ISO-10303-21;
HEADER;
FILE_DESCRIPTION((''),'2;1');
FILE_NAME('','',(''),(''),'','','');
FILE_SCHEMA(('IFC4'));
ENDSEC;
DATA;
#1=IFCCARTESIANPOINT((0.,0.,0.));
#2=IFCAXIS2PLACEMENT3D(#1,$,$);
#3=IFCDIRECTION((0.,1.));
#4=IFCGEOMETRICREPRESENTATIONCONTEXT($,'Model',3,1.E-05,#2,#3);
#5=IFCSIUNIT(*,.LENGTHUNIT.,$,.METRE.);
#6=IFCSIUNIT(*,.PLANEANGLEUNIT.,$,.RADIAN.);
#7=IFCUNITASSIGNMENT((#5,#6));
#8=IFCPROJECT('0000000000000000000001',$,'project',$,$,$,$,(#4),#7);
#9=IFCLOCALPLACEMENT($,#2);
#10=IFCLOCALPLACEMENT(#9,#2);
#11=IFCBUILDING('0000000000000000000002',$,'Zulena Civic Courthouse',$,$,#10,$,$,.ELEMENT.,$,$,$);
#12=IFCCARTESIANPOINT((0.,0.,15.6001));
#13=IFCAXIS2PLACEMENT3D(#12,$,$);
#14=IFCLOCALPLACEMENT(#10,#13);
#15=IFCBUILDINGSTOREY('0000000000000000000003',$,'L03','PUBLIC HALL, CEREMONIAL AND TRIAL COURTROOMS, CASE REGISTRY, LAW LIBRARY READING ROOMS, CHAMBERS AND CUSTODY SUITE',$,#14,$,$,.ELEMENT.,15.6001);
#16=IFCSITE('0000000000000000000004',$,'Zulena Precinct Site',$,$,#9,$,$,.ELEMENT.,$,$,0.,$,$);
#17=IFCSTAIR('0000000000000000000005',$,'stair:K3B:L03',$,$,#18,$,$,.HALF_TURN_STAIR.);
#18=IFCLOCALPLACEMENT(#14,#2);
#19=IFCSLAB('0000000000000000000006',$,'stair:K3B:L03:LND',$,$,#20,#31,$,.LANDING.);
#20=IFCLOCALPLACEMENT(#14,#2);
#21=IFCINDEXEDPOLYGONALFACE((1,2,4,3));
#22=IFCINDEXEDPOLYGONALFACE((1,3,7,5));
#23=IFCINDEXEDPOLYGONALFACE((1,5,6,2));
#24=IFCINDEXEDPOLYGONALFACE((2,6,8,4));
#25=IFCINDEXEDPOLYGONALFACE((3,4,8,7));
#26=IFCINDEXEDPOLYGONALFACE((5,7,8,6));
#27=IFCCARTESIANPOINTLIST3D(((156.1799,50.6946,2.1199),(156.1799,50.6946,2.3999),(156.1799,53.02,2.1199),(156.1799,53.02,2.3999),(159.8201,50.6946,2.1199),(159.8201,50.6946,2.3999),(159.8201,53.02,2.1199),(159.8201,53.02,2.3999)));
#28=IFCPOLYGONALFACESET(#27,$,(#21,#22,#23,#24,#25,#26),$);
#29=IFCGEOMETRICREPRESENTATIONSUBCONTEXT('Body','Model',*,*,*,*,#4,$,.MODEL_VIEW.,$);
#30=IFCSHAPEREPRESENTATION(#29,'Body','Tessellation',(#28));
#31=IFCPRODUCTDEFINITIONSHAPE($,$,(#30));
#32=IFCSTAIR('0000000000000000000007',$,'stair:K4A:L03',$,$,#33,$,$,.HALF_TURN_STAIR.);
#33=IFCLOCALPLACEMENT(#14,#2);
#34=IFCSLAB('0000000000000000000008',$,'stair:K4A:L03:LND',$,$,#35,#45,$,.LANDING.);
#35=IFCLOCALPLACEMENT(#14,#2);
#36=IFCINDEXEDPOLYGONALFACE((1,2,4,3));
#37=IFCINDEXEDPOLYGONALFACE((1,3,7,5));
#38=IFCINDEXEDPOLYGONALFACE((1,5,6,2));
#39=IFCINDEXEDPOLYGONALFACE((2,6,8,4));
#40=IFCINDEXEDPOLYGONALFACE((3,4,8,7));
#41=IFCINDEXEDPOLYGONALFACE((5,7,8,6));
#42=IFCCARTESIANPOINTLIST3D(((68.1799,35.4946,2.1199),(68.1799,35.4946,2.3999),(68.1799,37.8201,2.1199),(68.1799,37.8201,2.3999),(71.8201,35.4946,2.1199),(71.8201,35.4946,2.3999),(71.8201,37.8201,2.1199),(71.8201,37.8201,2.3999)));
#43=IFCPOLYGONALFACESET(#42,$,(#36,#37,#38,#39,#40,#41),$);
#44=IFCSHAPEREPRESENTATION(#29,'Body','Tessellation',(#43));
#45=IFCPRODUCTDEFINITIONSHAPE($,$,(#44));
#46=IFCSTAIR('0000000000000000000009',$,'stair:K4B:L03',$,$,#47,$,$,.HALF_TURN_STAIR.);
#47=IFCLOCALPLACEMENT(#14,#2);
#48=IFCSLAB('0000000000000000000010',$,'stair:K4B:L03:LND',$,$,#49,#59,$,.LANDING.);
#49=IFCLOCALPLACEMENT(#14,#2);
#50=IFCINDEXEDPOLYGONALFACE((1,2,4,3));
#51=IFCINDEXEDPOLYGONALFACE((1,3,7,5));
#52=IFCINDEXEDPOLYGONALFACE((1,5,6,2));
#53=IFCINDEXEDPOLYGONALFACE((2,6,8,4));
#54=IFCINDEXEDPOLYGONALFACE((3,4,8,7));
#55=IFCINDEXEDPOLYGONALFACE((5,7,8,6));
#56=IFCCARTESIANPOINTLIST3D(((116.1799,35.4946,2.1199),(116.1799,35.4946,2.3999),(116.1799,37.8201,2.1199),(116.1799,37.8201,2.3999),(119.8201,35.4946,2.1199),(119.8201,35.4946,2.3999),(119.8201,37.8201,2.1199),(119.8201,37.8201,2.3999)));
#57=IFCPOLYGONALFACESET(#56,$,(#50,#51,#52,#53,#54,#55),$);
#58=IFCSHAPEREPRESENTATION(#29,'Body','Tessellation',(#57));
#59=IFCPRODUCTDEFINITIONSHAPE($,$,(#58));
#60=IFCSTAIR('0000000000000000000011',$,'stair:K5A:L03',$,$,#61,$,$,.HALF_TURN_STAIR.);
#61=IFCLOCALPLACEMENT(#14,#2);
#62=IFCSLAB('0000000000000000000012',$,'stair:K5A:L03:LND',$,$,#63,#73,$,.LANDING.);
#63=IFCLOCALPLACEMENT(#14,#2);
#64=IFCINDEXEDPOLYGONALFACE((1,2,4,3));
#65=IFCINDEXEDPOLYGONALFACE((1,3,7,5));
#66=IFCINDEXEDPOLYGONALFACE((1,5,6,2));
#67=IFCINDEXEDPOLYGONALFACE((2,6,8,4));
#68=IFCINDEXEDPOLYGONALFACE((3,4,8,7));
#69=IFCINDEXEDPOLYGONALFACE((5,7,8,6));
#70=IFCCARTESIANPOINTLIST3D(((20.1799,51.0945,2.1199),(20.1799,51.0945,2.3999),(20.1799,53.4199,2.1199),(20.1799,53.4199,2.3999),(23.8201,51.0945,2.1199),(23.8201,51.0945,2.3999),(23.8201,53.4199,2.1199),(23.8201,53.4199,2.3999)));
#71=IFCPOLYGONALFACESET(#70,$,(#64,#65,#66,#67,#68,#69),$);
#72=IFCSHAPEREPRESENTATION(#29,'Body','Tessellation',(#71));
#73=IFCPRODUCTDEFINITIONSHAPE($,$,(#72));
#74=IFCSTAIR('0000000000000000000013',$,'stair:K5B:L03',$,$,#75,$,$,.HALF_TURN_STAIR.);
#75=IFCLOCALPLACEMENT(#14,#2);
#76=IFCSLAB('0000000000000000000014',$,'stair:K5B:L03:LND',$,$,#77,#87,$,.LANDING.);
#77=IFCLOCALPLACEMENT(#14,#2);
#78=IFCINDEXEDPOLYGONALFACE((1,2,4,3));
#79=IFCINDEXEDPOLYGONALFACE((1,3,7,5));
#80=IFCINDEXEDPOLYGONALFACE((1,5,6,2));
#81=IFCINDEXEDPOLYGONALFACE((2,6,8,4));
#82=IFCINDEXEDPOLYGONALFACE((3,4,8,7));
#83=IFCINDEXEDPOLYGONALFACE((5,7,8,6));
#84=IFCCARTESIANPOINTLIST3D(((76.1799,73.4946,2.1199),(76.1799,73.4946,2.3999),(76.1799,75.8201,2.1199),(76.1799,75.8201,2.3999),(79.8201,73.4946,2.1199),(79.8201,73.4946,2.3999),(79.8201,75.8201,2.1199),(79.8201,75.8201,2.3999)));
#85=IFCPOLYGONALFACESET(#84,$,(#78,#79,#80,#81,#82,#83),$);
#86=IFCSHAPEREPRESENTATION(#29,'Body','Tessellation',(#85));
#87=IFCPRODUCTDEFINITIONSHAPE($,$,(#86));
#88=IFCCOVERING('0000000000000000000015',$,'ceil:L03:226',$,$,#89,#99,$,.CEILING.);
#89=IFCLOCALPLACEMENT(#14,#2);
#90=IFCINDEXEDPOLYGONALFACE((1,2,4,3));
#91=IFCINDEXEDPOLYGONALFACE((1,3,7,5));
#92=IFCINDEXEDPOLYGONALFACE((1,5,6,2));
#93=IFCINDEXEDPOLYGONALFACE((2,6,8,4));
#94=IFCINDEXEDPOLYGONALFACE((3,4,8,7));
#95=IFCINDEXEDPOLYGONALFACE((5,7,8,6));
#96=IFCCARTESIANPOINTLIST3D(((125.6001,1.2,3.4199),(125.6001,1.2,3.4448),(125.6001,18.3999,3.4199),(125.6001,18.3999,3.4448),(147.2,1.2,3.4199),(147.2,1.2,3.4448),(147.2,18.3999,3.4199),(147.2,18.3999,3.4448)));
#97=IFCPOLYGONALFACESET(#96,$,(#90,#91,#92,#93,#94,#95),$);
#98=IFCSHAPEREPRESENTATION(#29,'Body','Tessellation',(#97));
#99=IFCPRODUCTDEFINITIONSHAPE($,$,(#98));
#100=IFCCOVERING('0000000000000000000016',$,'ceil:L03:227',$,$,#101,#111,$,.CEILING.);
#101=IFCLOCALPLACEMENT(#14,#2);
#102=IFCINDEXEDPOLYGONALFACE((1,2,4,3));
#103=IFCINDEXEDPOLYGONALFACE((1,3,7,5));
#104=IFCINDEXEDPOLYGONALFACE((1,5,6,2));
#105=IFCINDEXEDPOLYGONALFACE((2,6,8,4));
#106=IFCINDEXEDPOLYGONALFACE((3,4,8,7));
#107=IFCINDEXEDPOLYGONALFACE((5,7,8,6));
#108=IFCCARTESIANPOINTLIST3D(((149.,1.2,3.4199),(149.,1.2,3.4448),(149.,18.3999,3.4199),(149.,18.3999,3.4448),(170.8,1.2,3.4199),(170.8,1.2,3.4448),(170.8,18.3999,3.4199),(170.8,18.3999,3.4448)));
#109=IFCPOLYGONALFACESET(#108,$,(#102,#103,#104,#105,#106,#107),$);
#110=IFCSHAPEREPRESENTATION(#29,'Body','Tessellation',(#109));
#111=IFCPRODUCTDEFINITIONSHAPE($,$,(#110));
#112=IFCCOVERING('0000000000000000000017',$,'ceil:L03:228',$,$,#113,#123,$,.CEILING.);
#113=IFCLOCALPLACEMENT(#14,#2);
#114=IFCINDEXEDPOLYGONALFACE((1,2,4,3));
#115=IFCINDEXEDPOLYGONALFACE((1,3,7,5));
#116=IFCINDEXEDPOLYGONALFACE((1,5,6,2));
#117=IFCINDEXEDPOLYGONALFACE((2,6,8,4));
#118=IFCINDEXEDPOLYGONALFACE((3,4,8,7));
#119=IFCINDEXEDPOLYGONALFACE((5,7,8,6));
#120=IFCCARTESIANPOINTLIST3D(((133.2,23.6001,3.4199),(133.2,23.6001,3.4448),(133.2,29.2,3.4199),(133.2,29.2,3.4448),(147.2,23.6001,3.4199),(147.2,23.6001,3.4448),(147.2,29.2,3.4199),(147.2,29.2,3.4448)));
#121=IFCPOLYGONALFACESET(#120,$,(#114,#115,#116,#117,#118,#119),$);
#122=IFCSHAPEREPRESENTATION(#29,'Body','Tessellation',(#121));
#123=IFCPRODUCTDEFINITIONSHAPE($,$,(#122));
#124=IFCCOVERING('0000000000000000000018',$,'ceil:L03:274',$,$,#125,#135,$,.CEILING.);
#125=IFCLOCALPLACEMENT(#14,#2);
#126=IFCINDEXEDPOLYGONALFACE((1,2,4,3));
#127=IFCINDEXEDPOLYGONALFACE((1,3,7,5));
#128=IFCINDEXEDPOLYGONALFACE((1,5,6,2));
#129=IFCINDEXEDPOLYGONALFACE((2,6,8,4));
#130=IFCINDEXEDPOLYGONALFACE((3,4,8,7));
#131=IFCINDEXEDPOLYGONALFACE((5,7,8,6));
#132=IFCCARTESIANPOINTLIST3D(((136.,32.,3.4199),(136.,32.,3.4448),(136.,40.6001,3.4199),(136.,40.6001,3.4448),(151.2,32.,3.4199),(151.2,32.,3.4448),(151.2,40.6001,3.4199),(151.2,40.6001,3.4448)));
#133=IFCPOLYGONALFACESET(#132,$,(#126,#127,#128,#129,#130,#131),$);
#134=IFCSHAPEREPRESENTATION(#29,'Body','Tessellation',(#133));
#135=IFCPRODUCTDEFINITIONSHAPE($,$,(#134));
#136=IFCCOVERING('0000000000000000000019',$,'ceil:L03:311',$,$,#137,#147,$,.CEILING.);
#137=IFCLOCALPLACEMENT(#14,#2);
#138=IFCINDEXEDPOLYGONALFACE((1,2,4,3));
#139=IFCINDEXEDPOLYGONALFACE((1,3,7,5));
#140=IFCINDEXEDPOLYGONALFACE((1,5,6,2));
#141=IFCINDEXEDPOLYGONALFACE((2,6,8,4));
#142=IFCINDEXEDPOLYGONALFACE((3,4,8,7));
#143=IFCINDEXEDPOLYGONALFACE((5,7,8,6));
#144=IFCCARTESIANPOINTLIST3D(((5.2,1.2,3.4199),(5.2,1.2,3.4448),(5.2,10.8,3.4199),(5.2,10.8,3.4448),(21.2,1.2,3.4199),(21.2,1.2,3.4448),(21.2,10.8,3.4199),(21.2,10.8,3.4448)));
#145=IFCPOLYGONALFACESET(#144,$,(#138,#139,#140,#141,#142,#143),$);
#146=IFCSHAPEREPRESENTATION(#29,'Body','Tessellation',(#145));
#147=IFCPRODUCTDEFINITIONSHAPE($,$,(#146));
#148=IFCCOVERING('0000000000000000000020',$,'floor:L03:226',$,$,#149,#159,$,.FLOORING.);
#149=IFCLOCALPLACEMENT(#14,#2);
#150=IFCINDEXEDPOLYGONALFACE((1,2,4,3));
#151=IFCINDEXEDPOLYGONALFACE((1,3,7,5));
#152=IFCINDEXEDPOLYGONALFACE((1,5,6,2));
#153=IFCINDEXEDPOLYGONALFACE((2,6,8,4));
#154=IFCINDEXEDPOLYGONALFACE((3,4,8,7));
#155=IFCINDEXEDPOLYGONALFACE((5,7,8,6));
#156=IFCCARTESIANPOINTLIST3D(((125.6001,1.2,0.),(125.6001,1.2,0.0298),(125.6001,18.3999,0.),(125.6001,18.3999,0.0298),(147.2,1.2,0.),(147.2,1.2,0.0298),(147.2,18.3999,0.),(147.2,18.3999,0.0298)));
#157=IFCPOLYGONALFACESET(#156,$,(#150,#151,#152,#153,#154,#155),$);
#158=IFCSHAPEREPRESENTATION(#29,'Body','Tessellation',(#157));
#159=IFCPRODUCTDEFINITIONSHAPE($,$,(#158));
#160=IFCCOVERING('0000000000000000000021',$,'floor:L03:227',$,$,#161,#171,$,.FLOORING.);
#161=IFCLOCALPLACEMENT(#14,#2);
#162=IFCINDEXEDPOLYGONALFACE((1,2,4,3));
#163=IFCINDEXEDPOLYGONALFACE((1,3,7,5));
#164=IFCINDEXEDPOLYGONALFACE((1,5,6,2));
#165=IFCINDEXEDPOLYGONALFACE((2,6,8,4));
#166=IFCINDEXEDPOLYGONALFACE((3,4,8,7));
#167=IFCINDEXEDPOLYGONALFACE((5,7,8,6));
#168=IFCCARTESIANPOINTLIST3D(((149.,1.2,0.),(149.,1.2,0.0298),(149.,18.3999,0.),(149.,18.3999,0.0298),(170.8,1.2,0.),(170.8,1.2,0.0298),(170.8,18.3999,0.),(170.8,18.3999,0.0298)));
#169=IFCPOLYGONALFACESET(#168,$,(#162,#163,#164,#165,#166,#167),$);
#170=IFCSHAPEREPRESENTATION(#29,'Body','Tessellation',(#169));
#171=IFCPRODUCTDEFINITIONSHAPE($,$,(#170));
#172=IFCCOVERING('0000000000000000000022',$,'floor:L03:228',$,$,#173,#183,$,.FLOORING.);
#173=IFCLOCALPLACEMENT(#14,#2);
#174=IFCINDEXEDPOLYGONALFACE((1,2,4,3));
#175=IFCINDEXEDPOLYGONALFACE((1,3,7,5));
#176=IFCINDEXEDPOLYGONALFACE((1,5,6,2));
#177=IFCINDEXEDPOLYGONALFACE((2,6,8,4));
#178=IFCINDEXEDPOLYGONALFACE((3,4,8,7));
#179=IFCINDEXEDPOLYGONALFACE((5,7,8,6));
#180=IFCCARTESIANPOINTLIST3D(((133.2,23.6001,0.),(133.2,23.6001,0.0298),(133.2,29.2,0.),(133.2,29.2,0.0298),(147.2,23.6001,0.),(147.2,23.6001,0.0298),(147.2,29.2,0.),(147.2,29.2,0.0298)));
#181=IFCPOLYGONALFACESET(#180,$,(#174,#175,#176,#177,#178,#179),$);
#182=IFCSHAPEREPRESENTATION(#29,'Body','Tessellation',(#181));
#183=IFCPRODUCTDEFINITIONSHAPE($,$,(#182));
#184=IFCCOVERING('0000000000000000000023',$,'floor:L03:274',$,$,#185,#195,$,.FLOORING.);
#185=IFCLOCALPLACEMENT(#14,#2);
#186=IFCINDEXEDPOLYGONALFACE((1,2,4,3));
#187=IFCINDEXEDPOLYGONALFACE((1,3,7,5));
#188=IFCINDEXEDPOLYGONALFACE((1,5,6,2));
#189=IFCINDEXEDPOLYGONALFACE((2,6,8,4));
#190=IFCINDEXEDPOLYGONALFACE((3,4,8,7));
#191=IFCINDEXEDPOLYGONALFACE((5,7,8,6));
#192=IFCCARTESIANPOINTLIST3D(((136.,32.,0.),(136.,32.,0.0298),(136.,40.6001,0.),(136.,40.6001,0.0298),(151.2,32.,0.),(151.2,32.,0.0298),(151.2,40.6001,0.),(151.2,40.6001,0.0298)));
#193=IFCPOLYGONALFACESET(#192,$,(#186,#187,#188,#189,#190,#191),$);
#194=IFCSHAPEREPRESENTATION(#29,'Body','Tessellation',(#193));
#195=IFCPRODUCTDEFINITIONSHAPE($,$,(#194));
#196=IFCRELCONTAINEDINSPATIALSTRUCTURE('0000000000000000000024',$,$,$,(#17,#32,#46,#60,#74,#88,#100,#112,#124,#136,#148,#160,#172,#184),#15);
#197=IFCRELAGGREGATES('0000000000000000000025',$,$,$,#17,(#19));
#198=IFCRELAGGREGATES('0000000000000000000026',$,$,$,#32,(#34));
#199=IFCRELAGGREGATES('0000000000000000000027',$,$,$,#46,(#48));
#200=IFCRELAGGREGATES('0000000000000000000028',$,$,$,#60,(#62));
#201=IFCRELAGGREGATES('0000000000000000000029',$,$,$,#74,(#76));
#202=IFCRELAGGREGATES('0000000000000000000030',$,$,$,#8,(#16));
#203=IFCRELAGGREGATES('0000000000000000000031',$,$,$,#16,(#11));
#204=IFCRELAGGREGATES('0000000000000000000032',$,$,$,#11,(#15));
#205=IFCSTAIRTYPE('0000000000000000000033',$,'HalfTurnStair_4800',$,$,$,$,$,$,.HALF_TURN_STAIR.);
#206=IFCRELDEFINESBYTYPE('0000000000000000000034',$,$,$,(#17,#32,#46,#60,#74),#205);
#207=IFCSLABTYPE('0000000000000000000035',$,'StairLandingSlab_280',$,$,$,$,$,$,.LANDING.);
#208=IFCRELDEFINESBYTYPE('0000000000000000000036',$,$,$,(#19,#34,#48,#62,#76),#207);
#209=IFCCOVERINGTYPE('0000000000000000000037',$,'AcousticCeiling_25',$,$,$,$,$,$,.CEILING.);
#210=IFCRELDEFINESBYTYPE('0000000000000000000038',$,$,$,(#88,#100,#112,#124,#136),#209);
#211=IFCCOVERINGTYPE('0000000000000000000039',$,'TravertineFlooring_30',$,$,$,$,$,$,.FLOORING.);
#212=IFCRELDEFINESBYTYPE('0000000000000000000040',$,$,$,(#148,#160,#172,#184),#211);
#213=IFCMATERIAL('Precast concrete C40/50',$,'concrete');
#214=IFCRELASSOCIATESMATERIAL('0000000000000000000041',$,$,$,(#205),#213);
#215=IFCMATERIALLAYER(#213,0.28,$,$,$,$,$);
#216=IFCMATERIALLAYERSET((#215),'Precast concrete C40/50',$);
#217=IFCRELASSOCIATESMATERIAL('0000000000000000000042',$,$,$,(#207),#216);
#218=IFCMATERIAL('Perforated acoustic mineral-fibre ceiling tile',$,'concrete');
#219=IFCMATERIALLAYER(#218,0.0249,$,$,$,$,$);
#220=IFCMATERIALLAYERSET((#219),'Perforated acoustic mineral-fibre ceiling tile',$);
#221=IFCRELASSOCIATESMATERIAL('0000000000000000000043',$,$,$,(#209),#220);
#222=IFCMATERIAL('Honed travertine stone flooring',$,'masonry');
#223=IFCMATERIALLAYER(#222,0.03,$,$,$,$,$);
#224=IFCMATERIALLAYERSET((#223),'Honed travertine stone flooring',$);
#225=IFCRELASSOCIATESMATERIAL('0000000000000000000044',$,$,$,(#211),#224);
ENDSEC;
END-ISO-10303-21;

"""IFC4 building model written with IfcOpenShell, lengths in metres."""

from ifc_helpers import new_model, si_unit, direction, frame, origin, place, context, subcontext, project, spatial, polyline, outline, extrude, material, layer, layer_set, type_object, element, aggregate, save


model = new_model("IFC4")

# Units and contexts
model_context = context("Model", 3, precision=1e-05, world=origin(), true_north=direction((0.0, 1.0)))
body_context = subcontext(model_context, "Body", "Model", "MODEL_VIEW")
ifc_project = project(units=[si_unit("LENGTHUNIT", "METRE"), si_unit("PLANEANGLEUNIT", "RADIAN")], contexts=[model_context])

# Site, building, storey
site_placement = place(None, origin())
site = spatial("IfcSite", under=ifc_project, at=site_placement, Name="Zulena Precinct Site", CompositionType="ELEMENT", RefElevation=0.0)
building_placement = place(site_placement, origin())
building = spatial("IfcBuilding", under=site, at=building_placement, Name="Zulena Civic Courthouse", CompositionType="ELEMENT")
storey_placement = place(building_placement, frame((0.0, 0.0, 15.6001)))
storey = spatial("IfcBuildingStorey", under=building, at=storey_placement, Name="L03", Description="PUBLIC HALL, CEREMONIAL AND TRIAL COURTROOMS, CASE REGISTRY, LAW LIBRARY READING ROOMS, CHAMBERS AND CUSTODY SUITE", CompositionType="ELEMENT", Elevation=15.6001)

# Stairs, slabs
ifc_material_1 = material(Name="Precast concrete C40/50", Category="concrete")
stair_type = type_object("IfcStairType", Name="HalfTurnStair_4800", PredefinedType="HALF_TURN_STAIR", material=ifc_material_1)
ifc_layer_1 = layer(ifc_material_1, 0.28)
ifc_layer_set_1 = layer_set([ifc_layer_1], Name="Precast concrete C40/50")
slab_type_1 = type_object("IfcSlabType", Name="StairLandingSlab_280", PredefinedType="LANDING", material=ifc_layer_set_1)
stair_1_placement = place(storey_placement, origin())
stair_1 = element("IfcStair", 1, at=stair_1_placement, inside=storey, type_object=stair_type, Name="stair:K3B:L03", PredefinedType="HALF_TURN_STAIR")
slab_1_placement = place(storey_placement, frame((0.0, 0.0, 2.1199)))
slab_1 = element("IfcSlab", 2, at=slab_1_placement, type_object=slab_type_1, Name="stair:K3B:L03:LND", PredefinedType="LANDING", context=body_context, shape_type="SweptSolid", body=[
    extrude(outline(polyline([(156.1799, 50.6946), (159.8201, 50.6946), (159.8201, 53.02), (156.1799, 53.02), (156.1799, 50.6946)])), origin(), (0.0, 0.0, 1.0), 0.28),
])
aggregate(stair_1, [slab_1])
stair_2_placement = place(storey_placement, origin())
stair_2 = element("IfcStair", 3, at=stair_2_placement, inside=storey, type_object=stair_type, Name="stair:K4A:L03", PredefinedType="HALF_TURN_STAIR")
slab_2_placement = place(storey_placement, frame((0.0, 0.0, 2.1199)))
slab_2 = element("IfcSlab", 4, at=slab_2_placement, type_object=slab_type_1, Name="stair:K4A:L03:LND", PredefinedType="LANDING", context=body_context, shape_type="SweptSolid", body=[
    extrude(outline(polyline([(68.1799, 35.4946), (71.8201, 35.4946), (71.8201, 37.8201), (68.1799, 37.8201), (68.1799, 35.4946)])), origin(), (0.0, 0.0, 1.0), 0.28),
])
aggregate(stair_2, [slab_2])
stair_3_placement = place(storey_placement, origin())
stair_3 = element("IfcStair", 5, at=stair_3_placement, inside=storey, type_object=stair_type, Name="stair:K4B:L03", PredefinedType="HALF_TURN_STAIR")
slab_3_placement = place(storey_placement, frame((0.0, 0.0, 2.1199)))
slab_3 = element("IfcSlab", 6, at=slab_3_placement, type_object=slab_type_1, Name="stair:K4B:L03:LND", PredefinedType="LANDING", context=body_context, shape_type="SweptSolid", body=[
    extrude(outline(polyline([(116.1799, 35.4946), (119.8201, 35.4946), (119.8201, 37.8201), (116.1799, 37.8201), (116.1799, 35.4946)])), origin(), (0.0, 0.0, 1.0), 0.28),
])
aggregate(stair_3, [slab_3])
stair_4_placement = place(storey_placement, origin())
stair_4 = element("IfcStair", 7, at=stair_4_placement, inside=storey, type_object=stair_type, Name="stair:K5A:L03", PredefinedType="HALF_TURN_STAIR")
slab_4_placement = place(storey_placement, frame((0.0, 0.0, 2.1199)))
slab_4 = element("IfcSlab", 8, at=slab_4_placement, type_object=slab_type_1, Name="stair:K5A:L03:LND", PredefinedType="LANDING", context=body_context, shape_type="SweptSolid", body=[
    extrude(outline(polyline([(20.1799, 51.0945), (23.8201, 51.0945), (23.8201, 53.4199), (20.1799, 53.4199), (20.1799, 51.0945)])), origin(), (0.0, 0.0, 1.0), 0.28),
])
aggregate(stair_4, [slab_4])
stair_5_placement = place(storey_placement, origin())
stair_5 = element("IfcStair", 9, at=stair_5_placement, inside=storey, type_object=stair_type, Name="stair:K5B:L03", PredefinedType="HALF_TURN_STAIR")
slab_5_placement = place(storey_placement, frame((0.0, 0.0, 2.1199)))
slab_5 = element("IfcSlab", 10, at=slab_5_placement, type_object=slab_type_1, Name="stair:K5B:L03:LND", PredefinedType="LANDING", context=body_context, shape_type="SweptSolid", body=[
    extrude(outline(polyline([(76.1799, 73.4946), (79.8201, 73.4946), (79.8201, 75.8201), (76.1799, 75.8201), (76.1799, 73.4946)])), origin(), (0.0, 0.0, 1.0), 0.28),
])
aggregate(stair_5, [slab_5])

# Coverings
ifc_material_2 = material(Name="Perforated acoustic mineral-fibre ceiling tile", Category="concrete")
ifc_layer_2 = layer(ifc_material_2, 0.0249)
ifc_layer_set_2 = layer_set([ifc_layer_2], Name="Perforated acoustic mineral-fibre ceiling tile")
covering_type_1 = type_object("IfcCoveringType", Name="AcousticCeiling_25", PredefinedType="CEILING", material=ifc_layer_set_2)
covering_1_placement = place(storey_placement, frame((0.0, 0.0, 3.4199)))
element("IfcCovering", 11, at=covering_1_placement, inside=storey, type_object=covering_type_1, Name="ceil:L03:226", PredefinedType="CEILING", context=body_context, shape_type="SweptSolid", body=[
    extrude(outline(polyline([(125.6001, 1.2), (147.2, 1.2), (147.2, 18.3999), (125.6001, 18.3999), (125.6001, 1.2)])), origin(), (0.0, 0.0, 1.0), 0.0249),
])
covering_2_placement = place(storey_placement, frame((0.0, 0.0, 3.4199)))
element("IfcCovering", 12, at=covering_2_placement, inside=storey, type_object=covering_type_1, Name="ceil:L03:227", PredefinedType="CEILING", context=body_context, shape_type="SweptSolid", body=[
    extrude(outline(polyline([(149.0, 1.2), (170.8, 1.2), (170.8, 18.3999), (149.0, 18.3999), (149.0, 1.2)])), origin(), (0.0, 0.0, 1.0), 0.0249),
])
covering_3_placement = place(storey_placement, frame((0.0, 0.0, 3.4199)))
element("IfcCovering", 13, at=covering_3_placement, inside=storey, type_object=covering_type_1, Name="ceil:L03:228", PredefinedType="CEILING", context=body_context, shape_type="SweptSolid", body=[
    extrude(outline(polyline([(133.2, 23.6001), (147.2, 23.6001), (147.2, 29.2), (133.2, 29.2), (133.2, 23.6001)])), origin(), (0.0, 0.0, 1.0), 0.0249),
])
covering_4_placement = place(storey_placement, frame((0.0, 0.0, 3.4199)))
element("IfcCovering", 14, at=covering_4_placement, inside=storey, type_object=covering_type_1, Name="ceil:L03:274", PredefinedType="CEILING", context=body_context, shape_type="SweptSolid", body=[
    extrude(outline(polyline([(136.0, 32.0), (151.2, 32.0), (151.2, 40.6001), (136.0, 40.6001), (136.0, 32.0)])), origin(), (0.0, 0.0, 1.0), 0.0249),
])
covering_5_placement = place(storey_placement, frame((0.0, 0.0, 3.4199)))
element("IfcCovering", 15, at=covering_5_placement, inside=storey, type_object=covering_type_1, Name="ceil:L03:311", PredefinedType="CEILING", context=body_context, shape_type="SweptSolid", body=[
    extrude(outline(polyline([(5.2, 1.2), (21.2, 1.2), (21.2, 10.8), (5.2, 10.8), (5.2, 1.2)])), origin(), (0.0, 0.0, 1.0), 0.0249),
])
ifc_material_3 = material(Name="Honed travertine stone flooring", Category="masonry")
ifc_layer_3 = layer(ifc_material_3, 0.03)
ifc_layer_set_3 = layer_set([ifc_layer_3], Name="Honed travertine stone flooring")
covering_type_2 = type_object("IfcCoveringType", Name="TravertineFlooring_30", PredefinedType="FLOORING", material=ifc_layer_set_3)
covering_6_placement = place(storey_placement, origin())
element("IfcCovering", 16, at=covering_6_placement, inside=storey, type_object=covering_type_2, Name="floor:L03:226", PredefinedType="FLOORING", context=body_context, shape_type="SweptSolid", body=[
    extrude(outline(polyline([(125.6001, 1.2), (147.2, 1.2), (147.2, 18.3999), (125.6001, 18.3999), (125.6001, 1.2)])), origin(), (0.0, 0.0, 1.0), 0.0298),
])
covering_7_placement = place(storey_placement, origin())
element("IfcCovering", 17, at=covering_7_placement, inside=storey, type_object=covering_type_2, Name="floor:L03:227", PredefinedType="FLOORING", context=body_context, shape_type="SweptSolid", body=[
    extrude(outline(polyline([(149.0, 1.2), (170.8, 1.2), (170.8, 18.3999), (149.0, 18.3999), (149.0, 1.2)])), origin(), (0.0, 0.0, 1.0), 0.0298),
])
covering_8_placement = place(storey_placement, origin())
element("IfcCovering", 18, at=covering_8_placement, inside=storey, type_object=covering_type_2, Name="floor:L03:228", PredefinedType="FLOORING", context=body_context, shape_type="SweptSolid", body=[
    extrude(outline(polyline([(133.2, 23.6001), (147.2, 23.6001), (147.2, 29.2), (133.2, 29.2), (133.2, 23.6001)])), origin(), (0.0, 0.0, 1.0), 0.0298),
])
covering_9_placement = place(storey_placement, origin())
element("IfcCovering", 19, at=covering_9_placement, inside=storey, type_object=covering_type_2, Name="floor:L03:274", PredefinedType="FLOORING", context=body_context, shape_type="SweptSolid", body=[
    extrude(outline(polyline([(136.0, 32.0), (151.2, 32.0), (151.2, 40.6001), (136.0, 40.6001), (136.0, 32.0)])), origin(), (0.0, 0.0, 1.0), 0.0298),
])

save(model, "model.ifc")
